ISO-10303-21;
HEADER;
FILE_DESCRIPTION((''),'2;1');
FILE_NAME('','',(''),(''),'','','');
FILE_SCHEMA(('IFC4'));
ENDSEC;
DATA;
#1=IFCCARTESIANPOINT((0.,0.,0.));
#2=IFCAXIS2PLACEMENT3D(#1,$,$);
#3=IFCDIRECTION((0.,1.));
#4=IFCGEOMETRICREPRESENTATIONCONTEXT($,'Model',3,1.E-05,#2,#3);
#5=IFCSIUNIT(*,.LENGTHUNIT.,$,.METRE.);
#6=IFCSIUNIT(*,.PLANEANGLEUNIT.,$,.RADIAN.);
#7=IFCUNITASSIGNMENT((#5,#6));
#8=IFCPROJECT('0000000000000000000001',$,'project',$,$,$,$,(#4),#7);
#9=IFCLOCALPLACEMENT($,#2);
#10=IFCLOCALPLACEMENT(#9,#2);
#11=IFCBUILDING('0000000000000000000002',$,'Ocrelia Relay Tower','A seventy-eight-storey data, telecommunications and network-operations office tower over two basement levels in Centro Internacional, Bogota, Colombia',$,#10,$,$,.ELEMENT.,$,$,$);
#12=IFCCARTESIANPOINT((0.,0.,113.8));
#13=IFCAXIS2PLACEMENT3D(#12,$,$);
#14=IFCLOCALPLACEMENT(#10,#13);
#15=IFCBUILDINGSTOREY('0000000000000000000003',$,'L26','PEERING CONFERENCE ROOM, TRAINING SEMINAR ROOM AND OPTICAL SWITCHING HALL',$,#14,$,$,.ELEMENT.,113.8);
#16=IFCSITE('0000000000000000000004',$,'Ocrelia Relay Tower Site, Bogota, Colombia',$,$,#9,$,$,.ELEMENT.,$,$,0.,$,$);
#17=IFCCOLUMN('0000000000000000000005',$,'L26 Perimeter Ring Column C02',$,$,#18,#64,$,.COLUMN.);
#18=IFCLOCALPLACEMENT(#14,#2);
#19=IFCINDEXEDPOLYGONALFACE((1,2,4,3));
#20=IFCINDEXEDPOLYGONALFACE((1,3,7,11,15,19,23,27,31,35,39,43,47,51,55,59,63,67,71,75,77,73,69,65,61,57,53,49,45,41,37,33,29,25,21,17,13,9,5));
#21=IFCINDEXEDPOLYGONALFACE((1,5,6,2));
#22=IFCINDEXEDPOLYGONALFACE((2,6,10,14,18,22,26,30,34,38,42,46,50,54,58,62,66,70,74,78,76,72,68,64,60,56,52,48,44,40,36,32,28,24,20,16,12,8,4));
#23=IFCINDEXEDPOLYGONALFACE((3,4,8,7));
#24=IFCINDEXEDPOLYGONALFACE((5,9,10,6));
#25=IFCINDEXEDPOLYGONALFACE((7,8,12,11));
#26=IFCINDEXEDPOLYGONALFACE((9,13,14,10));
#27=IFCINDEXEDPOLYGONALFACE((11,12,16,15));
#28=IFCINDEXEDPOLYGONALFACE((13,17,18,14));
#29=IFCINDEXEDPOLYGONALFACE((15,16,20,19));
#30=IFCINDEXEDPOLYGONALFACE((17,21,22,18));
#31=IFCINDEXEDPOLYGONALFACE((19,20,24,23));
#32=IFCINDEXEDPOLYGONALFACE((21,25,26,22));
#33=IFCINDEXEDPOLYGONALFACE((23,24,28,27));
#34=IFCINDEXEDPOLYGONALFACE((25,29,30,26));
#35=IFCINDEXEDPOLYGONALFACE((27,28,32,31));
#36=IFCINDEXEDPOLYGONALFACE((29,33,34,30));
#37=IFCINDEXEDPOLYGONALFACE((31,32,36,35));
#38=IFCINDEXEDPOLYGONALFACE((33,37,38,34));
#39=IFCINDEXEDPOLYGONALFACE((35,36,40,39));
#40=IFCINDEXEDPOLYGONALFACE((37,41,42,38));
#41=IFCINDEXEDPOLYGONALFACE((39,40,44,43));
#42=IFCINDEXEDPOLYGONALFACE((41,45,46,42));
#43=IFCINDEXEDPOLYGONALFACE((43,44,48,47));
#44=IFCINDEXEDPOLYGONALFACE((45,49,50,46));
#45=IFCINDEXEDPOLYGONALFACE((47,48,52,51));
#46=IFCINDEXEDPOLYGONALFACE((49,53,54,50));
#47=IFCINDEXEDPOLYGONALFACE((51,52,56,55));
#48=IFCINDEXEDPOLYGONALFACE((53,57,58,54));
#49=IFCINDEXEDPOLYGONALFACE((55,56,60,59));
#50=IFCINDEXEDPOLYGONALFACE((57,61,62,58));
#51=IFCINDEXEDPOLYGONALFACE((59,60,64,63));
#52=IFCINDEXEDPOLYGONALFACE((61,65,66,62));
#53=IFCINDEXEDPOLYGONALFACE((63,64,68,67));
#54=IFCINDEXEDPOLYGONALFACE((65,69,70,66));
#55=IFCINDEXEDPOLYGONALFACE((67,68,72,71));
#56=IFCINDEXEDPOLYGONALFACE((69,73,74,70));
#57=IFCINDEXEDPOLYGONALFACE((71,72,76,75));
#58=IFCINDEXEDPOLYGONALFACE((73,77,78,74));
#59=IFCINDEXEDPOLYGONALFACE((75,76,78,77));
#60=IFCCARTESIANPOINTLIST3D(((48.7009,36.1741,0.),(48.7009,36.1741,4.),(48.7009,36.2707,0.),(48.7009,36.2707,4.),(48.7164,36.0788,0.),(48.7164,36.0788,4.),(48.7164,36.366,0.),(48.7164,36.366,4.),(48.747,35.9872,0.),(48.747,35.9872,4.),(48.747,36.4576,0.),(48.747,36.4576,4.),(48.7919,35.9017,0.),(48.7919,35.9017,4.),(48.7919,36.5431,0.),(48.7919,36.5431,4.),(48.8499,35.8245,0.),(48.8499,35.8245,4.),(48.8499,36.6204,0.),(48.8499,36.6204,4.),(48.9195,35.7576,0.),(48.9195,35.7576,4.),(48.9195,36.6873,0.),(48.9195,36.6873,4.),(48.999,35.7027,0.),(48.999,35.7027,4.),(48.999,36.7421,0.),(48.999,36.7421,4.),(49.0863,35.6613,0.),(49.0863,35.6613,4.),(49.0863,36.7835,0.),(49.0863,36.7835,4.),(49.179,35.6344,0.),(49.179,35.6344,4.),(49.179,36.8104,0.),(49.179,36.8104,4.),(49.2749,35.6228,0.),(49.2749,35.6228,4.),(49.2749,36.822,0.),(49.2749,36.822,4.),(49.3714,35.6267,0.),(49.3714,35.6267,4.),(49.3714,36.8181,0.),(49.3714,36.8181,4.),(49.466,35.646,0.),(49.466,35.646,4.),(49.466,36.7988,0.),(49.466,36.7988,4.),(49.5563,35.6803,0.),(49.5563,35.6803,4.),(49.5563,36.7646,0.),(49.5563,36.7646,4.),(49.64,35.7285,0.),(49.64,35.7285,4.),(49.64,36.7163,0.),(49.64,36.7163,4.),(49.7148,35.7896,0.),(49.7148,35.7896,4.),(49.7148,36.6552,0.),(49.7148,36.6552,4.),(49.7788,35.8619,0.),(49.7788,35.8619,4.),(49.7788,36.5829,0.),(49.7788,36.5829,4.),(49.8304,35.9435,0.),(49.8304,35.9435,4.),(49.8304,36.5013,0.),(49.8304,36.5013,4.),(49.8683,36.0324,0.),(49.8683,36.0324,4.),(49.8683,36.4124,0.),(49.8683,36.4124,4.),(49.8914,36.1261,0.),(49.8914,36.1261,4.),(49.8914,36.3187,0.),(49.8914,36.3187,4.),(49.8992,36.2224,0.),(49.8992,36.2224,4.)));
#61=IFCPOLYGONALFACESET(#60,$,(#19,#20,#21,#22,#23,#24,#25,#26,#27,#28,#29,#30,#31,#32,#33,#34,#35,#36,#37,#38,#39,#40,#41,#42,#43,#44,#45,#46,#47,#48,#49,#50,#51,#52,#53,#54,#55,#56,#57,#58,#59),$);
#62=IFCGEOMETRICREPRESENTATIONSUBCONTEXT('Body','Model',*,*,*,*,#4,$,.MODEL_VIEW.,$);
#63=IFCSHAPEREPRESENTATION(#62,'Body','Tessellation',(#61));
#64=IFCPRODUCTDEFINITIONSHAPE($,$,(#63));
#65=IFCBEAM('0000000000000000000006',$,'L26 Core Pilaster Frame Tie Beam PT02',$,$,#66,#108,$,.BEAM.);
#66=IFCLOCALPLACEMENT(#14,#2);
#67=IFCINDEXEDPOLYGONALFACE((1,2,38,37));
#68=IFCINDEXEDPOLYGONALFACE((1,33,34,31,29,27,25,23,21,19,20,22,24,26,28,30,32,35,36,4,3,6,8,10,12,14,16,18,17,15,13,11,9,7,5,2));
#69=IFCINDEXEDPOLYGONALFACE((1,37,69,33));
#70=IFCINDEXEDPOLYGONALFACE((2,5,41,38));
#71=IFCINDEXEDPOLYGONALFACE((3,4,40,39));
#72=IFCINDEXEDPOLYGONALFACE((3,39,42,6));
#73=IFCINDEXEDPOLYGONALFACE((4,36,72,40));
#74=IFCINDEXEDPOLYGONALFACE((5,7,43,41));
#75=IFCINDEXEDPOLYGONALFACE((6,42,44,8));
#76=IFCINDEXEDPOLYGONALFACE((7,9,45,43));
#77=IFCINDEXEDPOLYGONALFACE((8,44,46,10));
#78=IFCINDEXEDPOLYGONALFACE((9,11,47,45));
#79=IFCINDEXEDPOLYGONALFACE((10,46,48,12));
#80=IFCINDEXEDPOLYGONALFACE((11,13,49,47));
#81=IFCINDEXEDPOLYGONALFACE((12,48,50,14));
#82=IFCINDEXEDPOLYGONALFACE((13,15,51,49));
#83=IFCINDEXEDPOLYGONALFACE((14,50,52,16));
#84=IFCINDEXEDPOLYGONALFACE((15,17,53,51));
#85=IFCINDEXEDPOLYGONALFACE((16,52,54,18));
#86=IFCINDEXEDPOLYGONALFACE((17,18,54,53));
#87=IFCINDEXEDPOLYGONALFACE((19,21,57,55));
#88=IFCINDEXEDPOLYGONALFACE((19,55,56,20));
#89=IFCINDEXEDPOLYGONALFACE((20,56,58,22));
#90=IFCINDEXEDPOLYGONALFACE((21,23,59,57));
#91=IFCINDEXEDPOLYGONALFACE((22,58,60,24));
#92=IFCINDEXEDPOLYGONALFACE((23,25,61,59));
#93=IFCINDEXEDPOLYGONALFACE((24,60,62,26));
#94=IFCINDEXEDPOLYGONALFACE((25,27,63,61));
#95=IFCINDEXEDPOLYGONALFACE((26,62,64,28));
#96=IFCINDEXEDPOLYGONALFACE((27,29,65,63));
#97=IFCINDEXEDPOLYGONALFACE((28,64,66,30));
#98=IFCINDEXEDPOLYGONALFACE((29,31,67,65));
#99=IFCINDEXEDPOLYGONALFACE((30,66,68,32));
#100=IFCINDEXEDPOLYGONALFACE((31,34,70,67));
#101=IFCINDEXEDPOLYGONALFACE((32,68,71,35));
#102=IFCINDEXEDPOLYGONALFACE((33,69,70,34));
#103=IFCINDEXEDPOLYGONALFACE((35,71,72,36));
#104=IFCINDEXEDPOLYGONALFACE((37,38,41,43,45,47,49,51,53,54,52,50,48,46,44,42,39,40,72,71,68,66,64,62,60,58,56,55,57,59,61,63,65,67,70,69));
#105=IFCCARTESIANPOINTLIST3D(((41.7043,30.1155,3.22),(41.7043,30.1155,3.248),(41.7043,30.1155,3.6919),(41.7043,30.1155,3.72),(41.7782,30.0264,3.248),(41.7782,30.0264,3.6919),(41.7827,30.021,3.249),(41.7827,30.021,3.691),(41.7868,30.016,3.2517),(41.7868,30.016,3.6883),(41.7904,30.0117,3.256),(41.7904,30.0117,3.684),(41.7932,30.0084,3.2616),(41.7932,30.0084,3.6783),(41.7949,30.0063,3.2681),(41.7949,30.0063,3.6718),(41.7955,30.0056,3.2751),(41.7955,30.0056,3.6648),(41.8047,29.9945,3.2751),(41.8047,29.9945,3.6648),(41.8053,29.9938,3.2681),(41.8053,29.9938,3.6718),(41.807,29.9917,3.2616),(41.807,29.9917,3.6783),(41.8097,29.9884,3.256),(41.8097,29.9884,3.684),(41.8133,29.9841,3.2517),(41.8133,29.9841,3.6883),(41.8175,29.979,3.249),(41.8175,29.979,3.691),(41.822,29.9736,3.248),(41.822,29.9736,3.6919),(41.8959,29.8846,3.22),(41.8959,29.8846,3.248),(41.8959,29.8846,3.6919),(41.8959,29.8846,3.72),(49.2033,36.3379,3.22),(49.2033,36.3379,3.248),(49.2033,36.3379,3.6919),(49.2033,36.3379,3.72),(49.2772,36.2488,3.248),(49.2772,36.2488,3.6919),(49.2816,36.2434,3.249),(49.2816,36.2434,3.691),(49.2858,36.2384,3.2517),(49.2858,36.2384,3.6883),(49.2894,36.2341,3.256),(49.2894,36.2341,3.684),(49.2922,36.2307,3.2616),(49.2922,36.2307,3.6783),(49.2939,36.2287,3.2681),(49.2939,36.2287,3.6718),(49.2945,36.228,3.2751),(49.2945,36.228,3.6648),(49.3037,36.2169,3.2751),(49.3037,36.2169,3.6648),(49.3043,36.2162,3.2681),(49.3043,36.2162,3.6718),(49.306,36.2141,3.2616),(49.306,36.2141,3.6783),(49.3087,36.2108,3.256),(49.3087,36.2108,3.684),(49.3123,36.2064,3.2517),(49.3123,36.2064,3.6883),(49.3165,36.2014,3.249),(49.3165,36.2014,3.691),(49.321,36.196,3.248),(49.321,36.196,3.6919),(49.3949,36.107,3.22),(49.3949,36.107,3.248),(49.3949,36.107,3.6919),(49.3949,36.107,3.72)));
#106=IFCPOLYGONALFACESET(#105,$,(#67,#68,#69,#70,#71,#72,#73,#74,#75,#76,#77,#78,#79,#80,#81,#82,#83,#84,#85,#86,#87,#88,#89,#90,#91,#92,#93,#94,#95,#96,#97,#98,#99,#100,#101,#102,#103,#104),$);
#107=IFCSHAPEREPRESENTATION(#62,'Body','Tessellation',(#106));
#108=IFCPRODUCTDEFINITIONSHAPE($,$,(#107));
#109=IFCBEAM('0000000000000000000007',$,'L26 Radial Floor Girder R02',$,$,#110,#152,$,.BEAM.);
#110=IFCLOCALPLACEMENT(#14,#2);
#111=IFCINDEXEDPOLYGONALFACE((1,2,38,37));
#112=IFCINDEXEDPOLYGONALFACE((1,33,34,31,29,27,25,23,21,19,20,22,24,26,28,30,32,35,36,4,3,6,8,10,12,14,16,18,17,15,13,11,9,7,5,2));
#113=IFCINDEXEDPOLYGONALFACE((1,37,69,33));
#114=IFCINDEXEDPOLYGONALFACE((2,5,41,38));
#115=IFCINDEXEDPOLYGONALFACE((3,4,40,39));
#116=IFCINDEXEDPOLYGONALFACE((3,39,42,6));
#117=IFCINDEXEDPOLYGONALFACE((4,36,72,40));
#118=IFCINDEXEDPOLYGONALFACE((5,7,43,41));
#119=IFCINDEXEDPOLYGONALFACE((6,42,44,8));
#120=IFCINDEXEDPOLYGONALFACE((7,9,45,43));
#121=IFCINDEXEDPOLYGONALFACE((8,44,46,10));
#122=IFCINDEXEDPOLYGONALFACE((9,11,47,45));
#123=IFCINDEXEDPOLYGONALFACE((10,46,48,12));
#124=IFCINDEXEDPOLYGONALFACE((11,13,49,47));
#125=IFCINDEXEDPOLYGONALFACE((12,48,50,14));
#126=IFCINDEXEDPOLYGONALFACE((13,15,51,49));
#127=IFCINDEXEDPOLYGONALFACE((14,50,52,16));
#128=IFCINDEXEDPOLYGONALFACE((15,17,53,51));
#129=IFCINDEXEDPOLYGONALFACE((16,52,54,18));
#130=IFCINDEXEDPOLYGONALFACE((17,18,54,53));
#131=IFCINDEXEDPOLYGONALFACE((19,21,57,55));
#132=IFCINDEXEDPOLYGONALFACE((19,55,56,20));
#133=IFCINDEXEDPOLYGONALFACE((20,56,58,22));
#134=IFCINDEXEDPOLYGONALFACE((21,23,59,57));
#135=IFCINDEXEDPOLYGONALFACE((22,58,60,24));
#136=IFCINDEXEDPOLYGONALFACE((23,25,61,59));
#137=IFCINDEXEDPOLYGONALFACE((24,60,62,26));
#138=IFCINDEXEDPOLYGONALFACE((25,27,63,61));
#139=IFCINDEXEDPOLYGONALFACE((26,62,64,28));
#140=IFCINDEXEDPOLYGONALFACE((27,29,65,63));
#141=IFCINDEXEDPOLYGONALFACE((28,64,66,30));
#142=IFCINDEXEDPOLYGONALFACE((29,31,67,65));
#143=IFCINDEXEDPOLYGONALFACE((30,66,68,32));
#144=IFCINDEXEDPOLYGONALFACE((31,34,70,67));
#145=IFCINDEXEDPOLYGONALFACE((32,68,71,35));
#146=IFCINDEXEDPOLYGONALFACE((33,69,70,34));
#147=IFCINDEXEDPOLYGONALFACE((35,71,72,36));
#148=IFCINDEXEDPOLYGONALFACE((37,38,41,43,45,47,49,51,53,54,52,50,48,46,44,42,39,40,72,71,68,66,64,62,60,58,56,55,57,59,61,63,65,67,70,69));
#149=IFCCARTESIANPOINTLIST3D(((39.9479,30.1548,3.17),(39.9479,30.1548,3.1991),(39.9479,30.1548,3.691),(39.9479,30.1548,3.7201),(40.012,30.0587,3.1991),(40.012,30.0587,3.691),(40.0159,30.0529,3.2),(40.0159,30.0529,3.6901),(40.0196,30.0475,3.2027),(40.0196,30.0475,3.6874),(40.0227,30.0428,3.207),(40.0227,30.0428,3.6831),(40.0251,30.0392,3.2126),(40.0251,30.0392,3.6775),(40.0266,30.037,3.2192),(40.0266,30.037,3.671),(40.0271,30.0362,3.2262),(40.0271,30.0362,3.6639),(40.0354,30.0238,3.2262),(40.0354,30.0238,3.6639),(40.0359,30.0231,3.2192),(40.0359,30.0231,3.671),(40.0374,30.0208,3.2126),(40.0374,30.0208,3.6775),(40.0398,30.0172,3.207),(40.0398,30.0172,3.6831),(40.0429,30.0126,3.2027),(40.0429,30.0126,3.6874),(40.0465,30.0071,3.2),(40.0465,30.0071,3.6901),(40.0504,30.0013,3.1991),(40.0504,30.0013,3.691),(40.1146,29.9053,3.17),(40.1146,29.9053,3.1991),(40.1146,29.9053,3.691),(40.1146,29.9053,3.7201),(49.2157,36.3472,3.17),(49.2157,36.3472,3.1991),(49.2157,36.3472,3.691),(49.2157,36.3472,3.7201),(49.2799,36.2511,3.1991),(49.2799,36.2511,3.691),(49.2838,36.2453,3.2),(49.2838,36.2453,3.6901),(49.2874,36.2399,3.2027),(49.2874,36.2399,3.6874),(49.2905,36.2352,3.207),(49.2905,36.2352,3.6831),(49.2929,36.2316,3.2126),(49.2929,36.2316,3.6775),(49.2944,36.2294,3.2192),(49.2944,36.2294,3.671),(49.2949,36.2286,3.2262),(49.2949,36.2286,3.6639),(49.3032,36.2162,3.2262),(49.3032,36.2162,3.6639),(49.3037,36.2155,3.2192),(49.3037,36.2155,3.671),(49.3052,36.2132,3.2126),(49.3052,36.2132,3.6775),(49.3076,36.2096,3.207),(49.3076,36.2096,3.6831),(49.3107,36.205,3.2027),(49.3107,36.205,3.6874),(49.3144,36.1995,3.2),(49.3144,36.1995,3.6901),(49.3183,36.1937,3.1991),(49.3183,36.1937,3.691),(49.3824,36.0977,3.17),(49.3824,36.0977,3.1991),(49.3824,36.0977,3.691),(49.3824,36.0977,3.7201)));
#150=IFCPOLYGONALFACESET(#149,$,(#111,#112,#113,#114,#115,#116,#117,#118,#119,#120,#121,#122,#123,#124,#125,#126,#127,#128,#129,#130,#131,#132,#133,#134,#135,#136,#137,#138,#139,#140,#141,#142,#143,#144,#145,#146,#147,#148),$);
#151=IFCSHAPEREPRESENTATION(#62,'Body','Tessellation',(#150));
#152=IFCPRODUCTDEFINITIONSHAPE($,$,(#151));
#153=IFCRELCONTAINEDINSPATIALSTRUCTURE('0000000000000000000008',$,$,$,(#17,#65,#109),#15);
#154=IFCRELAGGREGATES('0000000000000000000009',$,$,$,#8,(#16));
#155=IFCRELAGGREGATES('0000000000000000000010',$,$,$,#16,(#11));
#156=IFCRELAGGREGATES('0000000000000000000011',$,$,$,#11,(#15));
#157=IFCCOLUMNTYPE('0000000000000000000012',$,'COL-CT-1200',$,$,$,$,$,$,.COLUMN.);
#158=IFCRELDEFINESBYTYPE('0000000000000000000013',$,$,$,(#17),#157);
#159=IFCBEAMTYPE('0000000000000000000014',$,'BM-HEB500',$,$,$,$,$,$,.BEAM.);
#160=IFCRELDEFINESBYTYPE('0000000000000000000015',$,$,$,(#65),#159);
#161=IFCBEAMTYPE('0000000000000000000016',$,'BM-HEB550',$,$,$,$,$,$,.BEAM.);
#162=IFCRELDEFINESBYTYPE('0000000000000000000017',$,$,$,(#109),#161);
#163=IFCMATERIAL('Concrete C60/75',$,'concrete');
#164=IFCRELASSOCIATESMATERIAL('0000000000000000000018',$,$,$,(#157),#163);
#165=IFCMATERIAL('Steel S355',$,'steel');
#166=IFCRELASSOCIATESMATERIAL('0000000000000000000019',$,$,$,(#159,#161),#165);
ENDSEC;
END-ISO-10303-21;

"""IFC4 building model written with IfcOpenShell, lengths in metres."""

from ifc_helpers import new_model, si_unit, direction, frame, origin, origin_2d, place, context, subcontext, project, spatial, circle, i_section, extrude, material, material_profile, profile_set, type_object, element, save


model = new_model("IFC4")

# Units and contexts
model_context = context("Model", 3, precision=1e-05, world=origin(), true_north=direction((0.0, 1.0)))
body_context = subcontext(model_context, "Body", "Model", "MODEL_VIEW")
ifc_project = project(units=[si_unit("LENGTHUNIT", "METRE"), si_unit("PLANEANGLEUNIT", "RADIAN")], contexts=[model_context])

# Site, building, storey
site_placement = place(None, origin())
site = spatial("IfcSite", under=ifc_project, at=site_placement, Name="Ocrelia Relay Tower Site, Bogota, Colombia", CompositionType="ELEMENT", RefElevation=0.0)
building_placement = place(site_placement, origin())
building = spatial("IfcBuilding", under=site, at=building_placement, Name="Ocrelia Relay Tower", Description="A seventy-eight-storey data, telecommunications and network-operations office tower over two basement levels in Centro Internacional, Bogota, Colombia", CompositionType="ELEMENT")
storey_placement = place(building_placement, frame((0.0, 0.0, 113.8)))
storey = spatial("IfcBuildingStorey", under=building, at=storey_placement, Name="L26", Description="PEERING CONFERENCE ROOM, TRAINING SEMINAR ROOM AND OPTICAL SWITCHING HALL", CompositionType="ELEMENT", Elevation=113.8)

# Column
ifc_material_1 = material(Name="Concrete C60/75", Category="concrete")
ifc_material_profile_1 = material_profile(ifc_material_1, circle(Radius=0.6001, at=origin_2d()), Name="RC-CIR-1200")
ifc_profile_set_1 = profile_set([ifc_material_profile_1], Name="Concrete C60/75")
column_type = type_object("IfcColumnType", Name="COL-CT-1200", PredefinedType="COLUMN", material=ifc_profile_set_1)
column_placement = place(storey_placement, frame((49.2991, 36.2224, 0.0), z_axis=(0.0, 0.0, 1.0), x_axis=(1.0, 0.0, 0.0)))
element("IfcColumn", 1, at=column_placement, inside=storey, type_object=column_type, Name="L26 Perimeter Ring Column C02", PredefinedType="COLUMN", context=body_context, shape_type="SweptSolid", body=[
    extrude(circle(Radius=0.6001, at=origin_2d()), origin(), (0.0, 0.0, 1.0), 4.0),
])

# Beams
ifc_material_2 = material(Name="Steel S355", Category="steel")
ifc_material_profile_2 = material_profile(ifc_material_2, i_section(OverallWidth=0.3, OverallDepth=0.5, WebThickness=0.0144, FlangeThickness=0.0281, FilletRadius=0.0271, at=origin_2d()), Name="HEB 500")
ifc_profile_set_2 = profile_set([ifc_material_profile_2], Name="Steel S355")
beam_type_1 = type_object("IfcBeamType", Name="BM-HEB500", PredefinedType="BEAM", material=ifc_profile_set_2)
beam_1_placement = place(storey_placement, frame((49.2991, 36.2224, 3.47), z_axis=(-0.769571, -0.638561, 0.0), x_axis=(0.638561, -0.769571, 0.0)))
element("IfcBeam", 2, at=beam_1_placement, inside=storey, type_object=beam_type_1, Name="L26 Core Pilaster Frame Tie Beam PT02", PredefinedType="BEAM", context=body_context, shape_type="SweptSolid", body=[
    extrude(i_section(OverallWidth=0.3, OverallDepth=0.5, WebThickness=0.0144, FlangeThickness=0.0281, FilletRadius=0.0271, at=origin_2d()), origin(), (0.0, 0.0, 1.0), 9.7444),
])
ifc_material_profile_3 = material_profile(ifc_material_2, i_section(OverallWidth=0.3, OverallDepth=0.55, WebThickness=0.0149, FlangeThickness=0.0291, FilletRadius=0.0271, at=origin_2d()), Name="HEB 550")
ifc_profile_set_3 = profile_set([ifc_material_profile_3], Name="Steel S355")
beam_type_2 = type_object("IfcBeamType", Name="BM-HEB550", PredefinedType="BEAM", material=ifc_profile_set_3)
beam_2_placement = place(storey_placement, frame((49.2991, 36.2224, 3.4451), z_axis=(-0.831477, -0.555559, 0.0), x_axis=(0.555559, -0.831477, 0.0)))
element("IfcBeam", 3, at=beam_2_placement, inside=storey, type_object=beam_type_2, Name="L26 Radial Floor Girder R02", PredefinedType="BEAM", context=body_context, shape_type="SweptSolid", body=[
    extrude(i_section(OverallWidth=0.3, OverallDepth=0.55, WebThickness=0.0149, FlangeThickness=0.0291, FilletRadius=0.0271, at=origin_2d()), origin(), (0.0, 0.0, 1.0), 11.1462),
])

save(model, "model.ifc")
